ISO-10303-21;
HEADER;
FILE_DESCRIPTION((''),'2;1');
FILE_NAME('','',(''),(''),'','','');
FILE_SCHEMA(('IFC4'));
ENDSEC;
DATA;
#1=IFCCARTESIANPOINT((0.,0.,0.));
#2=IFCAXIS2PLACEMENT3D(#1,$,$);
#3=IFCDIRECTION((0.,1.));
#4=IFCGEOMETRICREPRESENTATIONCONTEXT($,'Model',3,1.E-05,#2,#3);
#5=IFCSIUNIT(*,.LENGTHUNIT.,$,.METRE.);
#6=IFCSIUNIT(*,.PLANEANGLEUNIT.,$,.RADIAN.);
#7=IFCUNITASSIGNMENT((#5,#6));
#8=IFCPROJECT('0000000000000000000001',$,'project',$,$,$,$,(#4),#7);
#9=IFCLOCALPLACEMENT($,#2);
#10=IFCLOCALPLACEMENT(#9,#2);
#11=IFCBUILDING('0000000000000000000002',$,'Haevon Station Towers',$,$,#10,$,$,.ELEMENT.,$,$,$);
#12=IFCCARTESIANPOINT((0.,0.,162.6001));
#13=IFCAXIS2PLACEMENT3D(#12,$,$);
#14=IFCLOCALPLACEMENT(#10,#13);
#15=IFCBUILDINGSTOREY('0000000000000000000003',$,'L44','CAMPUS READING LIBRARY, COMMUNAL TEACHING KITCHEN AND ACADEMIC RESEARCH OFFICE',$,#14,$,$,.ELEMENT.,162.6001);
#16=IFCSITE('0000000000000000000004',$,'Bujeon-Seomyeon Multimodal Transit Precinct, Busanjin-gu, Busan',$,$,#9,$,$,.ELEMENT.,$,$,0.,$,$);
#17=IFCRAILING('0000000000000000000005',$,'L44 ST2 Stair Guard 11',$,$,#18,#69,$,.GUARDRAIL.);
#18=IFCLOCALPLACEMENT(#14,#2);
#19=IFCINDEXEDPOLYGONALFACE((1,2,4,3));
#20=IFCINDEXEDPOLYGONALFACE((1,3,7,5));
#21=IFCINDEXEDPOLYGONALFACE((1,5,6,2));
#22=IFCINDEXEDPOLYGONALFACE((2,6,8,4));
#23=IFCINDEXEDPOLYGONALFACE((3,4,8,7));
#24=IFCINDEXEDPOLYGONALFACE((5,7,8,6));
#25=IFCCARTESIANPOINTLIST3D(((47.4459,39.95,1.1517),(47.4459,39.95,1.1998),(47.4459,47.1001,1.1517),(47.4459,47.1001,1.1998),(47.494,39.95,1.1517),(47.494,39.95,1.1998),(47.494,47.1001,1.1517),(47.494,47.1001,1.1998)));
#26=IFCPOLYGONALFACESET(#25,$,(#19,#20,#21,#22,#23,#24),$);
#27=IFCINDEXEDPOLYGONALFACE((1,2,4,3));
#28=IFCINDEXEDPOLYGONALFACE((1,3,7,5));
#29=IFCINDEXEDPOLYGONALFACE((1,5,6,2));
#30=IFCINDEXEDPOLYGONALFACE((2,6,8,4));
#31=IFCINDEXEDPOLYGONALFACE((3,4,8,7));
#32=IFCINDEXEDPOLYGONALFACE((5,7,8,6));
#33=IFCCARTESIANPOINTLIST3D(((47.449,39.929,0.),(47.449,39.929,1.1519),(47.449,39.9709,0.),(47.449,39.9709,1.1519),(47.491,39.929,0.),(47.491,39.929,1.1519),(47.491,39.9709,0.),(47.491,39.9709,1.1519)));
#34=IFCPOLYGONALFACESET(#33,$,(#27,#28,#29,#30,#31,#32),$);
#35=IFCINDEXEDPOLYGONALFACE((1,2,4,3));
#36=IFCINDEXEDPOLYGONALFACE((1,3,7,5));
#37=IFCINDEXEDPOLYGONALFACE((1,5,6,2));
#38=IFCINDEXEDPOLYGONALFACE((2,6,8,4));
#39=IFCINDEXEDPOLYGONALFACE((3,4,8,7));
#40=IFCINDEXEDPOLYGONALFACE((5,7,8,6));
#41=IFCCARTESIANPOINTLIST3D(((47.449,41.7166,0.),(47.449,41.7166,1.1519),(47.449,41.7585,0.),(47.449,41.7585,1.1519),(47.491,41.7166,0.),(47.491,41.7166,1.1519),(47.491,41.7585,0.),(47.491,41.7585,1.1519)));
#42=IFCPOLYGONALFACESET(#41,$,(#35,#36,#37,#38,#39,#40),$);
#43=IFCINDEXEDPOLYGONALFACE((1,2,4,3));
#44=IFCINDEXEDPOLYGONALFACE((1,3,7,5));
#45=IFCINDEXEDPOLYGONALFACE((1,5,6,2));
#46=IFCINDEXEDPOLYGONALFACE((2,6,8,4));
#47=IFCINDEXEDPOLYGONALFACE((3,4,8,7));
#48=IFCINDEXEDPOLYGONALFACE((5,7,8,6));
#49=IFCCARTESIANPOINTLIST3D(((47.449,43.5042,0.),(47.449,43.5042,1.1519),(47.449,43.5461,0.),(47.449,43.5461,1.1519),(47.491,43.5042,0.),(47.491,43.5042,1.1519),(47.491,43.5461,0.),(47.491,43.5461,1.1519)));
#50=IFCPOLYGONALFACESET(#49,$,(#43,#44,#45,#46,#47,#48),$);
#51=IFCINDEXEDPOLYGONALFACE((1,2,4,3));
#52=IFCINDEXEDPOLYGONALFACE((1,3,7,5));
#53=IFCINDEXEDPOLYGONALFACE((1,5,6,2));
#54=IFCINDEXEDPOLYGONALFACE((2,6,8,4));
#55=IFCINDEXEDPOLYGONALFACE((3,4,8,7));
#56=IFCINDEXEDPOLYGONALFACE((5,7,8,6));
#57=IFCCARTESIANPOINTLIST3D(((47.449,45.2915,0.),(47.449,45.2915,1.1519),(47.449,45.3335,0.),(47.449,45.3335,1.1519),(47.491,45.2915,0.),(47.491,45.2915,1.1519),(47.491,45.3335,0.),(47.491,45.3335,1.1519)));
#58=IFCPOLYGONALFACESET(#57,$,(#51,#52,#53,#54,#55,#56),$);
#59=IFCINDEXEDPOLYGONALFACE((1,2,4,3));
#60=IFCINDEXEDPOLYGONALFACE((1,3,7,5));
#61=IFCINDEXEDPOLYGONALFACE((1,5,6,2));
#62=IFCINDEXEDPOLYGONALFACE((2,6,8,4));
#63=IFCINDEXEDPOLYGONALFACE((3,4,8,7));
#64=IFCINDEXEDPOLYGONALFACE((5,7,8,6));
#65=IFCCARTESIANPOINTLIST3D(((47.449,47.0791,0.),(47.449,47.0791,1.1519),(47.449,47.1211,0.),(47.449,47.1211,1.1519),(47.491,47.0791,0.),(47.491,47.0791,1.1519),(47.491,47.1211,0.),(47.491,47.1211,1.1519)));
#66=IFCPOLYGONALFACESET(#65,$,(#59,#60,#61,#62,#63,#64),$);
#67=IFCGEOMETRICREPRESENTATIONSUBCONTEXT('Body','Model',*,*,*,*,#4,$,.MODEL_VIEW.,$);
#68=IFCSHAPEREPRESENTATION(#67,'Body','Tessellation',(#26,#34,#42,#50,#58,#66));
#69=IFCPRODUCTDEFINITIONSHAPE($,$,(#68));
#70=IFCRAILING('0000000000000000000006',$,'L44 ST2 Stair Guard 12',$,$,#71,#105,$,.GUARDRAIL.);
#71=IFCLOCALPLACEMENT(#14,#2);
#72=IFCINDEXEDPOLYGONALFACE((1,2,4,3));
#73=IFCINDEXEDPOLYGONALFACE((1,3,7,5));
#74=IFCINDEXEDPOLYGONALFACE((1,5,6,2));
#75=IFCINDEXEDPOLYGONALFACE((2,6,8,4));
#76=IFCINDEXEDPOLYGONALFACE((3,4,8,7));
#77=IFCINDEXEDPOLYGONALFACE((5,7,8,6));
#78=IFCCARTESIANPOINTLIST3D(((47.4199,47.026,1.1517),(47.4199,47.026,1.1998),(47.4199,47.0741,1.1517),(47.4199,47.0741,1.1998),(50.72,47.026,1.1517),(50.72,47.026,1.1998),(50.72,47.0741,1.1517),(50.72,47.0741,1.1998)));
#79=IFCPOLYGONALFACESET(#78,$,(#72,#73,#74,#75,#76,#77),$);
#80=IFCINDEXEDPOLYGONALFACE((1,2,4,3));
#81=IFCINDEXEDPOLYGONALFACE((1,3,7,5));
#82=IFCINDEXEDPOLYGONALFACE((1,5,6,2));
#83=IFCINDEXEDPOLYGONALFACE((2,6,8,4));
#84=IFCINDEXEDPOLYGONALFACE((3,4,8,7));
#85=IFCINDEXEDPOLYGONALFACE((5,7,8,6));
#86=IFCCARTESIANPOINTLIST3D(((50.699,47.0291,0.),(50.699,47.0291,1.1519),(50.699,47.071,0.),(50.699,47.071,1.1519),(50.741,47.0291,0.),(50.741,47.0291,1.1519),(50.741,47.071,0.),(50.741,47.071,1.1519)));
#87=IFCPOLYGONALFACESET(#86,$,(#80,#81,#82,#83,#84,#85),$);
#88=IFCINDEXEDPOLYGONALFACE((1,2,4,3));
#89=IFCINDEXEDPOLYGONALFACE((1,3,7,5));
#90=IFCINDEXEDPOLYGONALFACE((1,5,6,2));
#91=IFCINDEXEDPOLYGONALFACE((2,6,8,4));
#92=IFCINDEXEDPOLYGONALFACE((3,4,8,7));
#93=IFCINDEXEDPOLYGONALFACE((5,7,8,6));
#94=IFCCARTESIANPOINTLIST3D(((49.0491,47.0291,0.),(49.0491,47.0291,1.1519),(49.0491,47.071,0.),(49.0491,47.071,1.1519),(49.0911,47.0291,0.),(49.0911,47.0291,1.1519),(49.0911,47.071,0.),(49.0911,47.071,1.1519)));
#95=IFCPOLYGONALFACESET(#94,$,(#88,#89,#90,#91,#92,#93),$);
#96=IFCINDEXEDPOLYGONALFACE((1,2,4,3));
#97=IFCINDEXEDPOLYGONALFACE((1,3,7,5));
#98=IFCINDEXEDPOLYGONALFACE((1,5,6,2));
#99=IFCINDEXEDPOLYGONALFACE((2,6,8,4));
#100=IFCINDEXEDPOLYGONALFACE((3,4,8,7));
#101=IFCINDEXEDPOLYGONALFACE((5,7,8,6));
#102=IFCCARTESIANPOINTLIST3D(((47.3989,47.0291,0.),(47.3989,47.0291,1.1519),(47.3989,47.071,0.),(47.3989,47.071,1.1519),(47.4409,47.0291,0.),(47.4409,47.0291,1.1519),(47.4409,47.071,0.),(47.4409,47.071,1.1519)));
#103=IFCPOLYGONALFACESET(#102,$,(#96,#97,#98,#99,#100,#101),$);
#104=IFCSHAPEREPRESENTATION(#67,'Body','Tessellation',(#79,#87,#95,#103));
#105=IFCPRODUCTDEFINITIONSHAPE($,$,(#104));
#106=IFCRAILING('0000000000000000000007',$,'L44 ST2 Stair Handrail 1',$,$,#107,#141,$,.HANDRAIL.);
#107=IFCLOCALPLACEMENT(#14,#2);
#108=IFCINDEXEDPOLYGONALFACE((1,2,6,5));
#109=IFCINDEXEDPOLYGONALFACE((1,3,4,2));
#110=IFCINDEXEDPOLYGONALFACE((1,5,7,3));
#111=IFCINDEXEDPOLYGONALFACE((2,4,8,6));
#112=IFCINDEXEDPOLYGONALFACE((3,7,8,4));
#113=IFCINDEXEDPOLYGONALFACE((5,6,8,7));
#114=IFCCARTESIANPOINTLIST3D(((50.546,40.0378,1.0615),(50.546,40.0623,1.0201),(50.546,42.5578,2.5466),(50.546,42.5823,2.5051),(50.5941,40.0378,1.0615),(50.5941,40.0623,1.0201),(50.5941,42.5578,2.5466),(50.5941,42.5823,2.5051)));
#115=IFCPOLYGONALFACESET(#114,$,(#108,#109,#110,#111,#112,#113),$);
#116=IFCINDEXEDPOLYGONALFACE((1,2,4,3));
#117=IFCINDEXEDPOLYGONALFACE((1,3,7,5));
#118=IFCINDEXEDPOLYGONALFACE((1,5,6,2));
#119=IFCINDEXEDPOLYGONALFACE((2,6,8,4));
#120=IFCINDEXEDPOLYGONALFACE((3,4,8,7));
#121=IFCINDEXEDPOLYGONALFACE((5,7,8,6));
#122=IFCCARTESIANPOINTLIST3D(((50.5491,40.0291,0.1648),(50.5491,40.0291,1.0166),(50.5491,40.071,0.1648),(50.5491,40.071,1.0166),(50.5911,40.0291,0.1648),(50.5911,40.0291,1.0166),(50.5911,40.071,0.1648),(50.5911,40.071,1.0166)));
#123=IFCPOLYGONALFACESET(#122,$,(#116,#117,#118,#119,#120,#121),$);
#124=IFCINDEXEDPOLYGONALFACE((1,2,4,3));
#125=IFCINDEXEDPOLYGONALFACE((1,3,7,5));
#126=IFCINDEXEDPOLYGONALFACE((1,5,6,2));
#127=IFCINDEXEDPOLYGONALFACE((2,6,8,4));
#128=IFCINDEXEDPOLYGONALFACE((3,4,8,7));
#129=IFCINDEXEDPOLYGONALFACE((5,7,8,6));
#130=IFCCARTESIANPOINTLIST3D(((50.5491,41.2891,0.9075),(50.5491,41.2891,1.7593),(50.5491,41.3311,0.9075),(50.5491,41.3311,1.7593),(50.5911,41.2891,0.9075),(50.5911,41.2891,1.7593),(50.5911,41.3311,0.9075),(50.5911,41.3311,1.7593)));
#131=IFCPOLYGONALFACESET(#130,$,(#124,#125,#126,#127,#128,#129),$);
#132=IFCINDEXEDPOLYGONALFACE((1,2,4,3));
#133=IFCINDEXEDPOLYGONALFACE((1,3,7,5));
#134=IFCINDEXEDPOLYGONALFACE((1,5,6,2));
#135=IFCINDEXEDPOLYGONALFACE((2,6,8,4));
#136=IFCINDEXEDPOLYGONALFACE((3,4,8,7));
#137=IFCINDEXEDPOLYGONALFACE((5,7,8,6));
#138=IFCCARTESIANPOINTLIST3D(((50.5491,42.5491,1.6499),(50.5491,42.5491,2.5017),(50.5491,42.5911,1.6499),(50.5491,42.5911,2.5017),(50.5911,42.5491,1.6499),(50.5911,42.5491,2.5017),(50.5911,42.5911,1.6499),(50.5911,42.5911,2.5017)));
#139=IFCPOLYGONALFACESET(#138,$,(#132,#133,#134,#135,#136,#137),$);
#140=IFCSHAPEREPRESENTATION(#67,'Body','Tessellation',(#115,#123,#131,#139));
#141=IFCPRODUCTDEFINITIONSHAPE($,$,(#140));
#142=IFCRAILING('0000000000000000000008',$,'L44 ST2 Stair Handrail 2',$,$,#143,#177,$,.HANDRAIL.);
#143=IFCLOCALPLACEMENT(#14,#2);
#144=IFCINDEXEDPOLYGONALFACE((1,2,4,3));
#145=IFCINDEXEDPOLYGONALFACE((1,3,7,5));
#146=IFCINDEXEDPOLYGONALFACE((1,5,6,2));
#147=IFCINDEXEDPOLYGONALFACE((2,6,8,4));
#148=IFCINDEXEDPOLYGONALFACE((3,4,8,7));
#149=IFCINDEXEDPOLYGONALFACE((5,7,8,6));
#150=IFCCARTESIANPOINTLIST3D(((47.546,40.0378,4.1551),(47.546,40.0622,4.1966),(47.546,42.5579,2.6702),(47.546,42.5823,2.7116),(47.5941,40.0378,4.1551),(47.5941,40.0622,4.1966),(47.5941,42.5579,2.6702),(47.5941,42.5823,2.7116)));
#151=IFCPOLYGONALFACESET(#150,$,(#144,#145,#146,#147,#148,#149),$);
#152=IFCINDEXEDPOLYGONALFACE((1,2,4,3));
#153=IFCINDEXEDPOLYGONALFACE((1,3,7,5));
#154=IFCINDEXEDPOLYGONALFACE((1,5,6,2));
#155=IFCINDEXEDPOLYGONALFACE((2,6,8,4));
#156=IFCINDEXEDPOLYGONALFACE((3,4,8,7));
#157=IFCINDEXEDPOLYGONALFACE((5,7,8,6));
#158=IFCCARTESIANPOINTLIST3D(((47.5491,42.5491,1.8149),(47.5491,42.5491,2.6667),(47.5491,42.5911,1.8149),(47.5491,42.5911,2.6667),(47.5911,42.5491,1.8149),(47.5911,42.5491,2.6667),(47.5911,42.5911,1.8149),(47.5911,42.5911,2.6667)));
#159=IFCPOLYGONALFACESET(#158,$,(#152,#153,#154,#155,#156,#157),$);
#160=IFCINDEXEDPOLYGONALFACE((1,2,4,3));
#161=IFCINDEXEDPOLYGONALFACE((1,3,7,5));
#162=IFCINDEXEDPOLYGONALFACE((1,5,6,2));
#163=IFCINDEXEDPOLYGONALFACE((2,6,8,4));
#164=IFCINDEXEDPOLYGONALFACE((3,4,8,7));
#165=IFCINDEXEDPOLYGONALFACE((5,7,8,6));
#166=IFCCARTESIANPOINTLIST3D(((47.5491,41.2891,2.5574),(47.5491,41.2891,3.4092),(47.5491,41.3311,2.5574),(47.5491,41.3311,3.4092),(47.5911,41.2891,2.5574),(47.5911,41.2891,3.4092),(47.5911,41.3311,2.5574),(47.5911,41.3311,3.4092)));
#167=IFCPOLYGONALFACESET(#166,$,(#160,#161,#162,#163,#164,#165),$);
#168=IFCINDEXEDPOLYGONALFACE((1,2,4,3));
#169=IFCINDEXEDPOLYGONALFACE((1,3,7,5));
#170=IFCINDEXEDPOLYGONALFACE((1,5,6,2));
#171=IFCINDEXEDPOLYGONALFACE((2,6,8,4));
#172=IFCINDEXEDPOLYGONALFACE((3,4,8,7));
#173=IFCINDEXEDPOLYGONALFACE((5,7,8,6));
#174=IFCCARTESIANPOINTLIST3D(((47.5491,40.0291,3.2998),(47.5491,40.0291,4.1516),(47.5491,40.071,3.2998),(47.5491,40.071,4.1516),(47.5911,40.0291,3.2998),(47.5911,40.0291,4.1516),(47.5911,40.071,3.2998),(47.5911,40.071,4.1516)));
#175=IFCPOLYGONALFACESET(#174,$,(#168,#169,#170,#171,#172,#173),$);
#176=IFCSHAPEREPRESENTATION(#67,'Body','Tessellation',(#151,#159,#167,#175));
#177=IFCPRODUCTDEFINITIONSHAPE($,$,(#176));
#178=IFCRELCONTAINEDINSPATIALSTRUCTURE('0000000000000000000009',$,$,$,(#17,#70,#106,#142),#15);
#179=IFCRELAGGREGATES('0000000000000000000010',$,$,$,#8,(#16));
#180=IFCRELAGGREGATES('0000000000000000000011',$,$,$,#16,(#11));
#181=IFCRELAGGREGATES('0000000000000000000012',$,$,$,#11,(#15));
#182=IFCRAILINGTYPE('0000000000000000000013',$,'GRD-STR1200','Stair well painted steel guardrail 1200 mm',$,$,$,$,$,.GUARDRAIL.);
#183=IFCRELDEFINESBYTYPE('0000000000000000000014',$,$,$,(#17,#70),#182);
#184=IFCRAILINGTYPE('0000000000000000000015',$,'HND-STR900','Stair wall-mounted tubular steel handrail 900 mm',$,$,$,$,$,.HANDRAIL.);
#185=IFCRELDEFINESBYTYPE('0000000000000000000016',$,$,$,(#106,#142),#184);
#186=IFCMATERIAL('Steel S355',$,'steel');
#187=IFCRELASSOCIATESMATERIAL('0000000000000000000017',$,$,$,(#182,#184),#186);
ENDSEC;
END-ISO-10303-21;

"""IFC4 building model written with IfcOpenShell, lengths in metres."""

from ifc_helpers import new_model, si_unit, direction, frame, origin, origin_2d, place, context, subcontext, project, spatial, rectangle, extrude, material, type_object, element, save


model = new_model("IFC4")

# Units and contexts
model_context = context("Model", 3, precision=1e-05, world=origin(), true_north=direction((0.0, 1.0)))
body_context = subcontext(model_context, "Body", "Model", "MODEL_VIEW")
ifc_project = project(units=[si_unit("LENGTHUNIT", "METRE"), si_unit("PLANEANGLEUNIT", "RADIAN")], contexts=[model_context])

# Site, building, storey
site_placement = place(None, origin())
site = spatial("IfcSite", under=ifc_project, at=site_placement, Name="Bujeon-Seomyeon Multimodal Transit Precinct, Busanjin-gu, Busan", CompositionType="ELEMENT", RefElevation=0.0)
building_placement = place(site_placement, origin())
building = spatial("IfcBuilding", under=site, at=building_placement, Name="Haevon Station Towers", CompositionType="ELEMENT")
storey_placement = place(building_placement, frame((0.0, 0.0, 162.6001)))
storey = spatial("IfcBuildingStorey", under=building, at=storey_placement, Name="L44", Description="CAMPUS READING LIBRARY, COMMUNAL TEACHING KITCHEN AND ACADEMIC RESEARCH OFFICE", CompositionType="ELEMENT", Elevation=162.6001)

# Shared definitions
ifc_material_1 = material(Name="Steel S355", Category="steel")

# Railings
railing_type_1 = type_object("IfcRailingType", Name="GRD-STR1200", Description="Stair well painted steel guardrail 1200 mm", PredefinedType="GUARDRAIL", material=ifc_material_1)
for number, where, name in (
    (1, (47.47, 39.95, 0.0), "L44 ST2 Stair Guard 11"),
):
    element("IfcRailing", number, at=place(storey_placement, frame(where)), inside=storey, type_object=railing_type_1, Name=name, PredefinedType="GUARDRAIL", context=body_context, shape_type="SweptSolid", body=[
        extrude(rectangle(XDim=0.0481, YDim=0.0481, at=origin_2d()), frame((0.0, 0.0, 1.1758), z_axis=(0.0, 1.0, 0.0), x_axis=(-1.0, 0.0, 0.0)), (0.0, 0.0, 1.0), 7.1501),
        extrude(rectangle(XDim=0.042, YDim=0.042, at=origin_2d()), origin(), (0.0, 0.0, 1.0), 1.1519),
        extrude(rectangle(XDim=0.042, YDim=0.042, at=origin_2d()), frame((0.0, 1.7876, 0.0)), (0.0, 0.0, 1.0), 1.1519),
        extrude(rectangle(XDim=0.042, YDim=0.042, at=origin_2d()), frame((0.0, 3.5752, 0.0)), (0.0, 0.0, 1.0), 1.1519),
        extrude(rectangle(XDim=0.042, YDim=0.042, at=origin_2d()), frame((0.0, 5.3625, 0.0)), (0.0, 0.0, 1.0), 1.1519),
        extrude(rectangle(XDim=0.042, YDim=0.042, at=origin_2d()), frame((0.0, 7.1501, 0.0)), (0.0, 0.0, 1.0), 1.1519),
    ])
railing_1_placement = place(storey_placement, frame((50.72, 47.05, 0.0)))
element("IfcRailing", 2, at=railing_1_placement, inside=storey, type_object=railing_type_1, Name="L44 ST2 Stair Guard 12", PredefinedType="GUARDRAIL", context=body_context, shape_type="SweptSolid", body=[
    extrude(rectangle(XDim=0.0481, YDim=0.0481, at=origin_2d()), frame((0.0, 0.0, 1.1758), z_axis=(-1.0, 0.0, 0.0), x_axis=(0.0, -1.0, 0.0)), (0.0, 0.0, 1.0), 3.3),
    extrude(rectangle(XDim=0.042, YDim=0.042, at=origin_2d()), origin(), (0.0, 0.0, 1.0), 1.1519),
    extrude(rectangle(XDim=0.042, YDim=0.042, at=origin_2d()), frame((-1.6499, 0.0, 0.0)), (0.0, 0.0, 1.0), 1.1519),
    extrude(rectangle(XDim=0.042, YDim=0.042, at=origin_2d()), frame((-3.3, 0.0, 0.0)), (0.0, 0.0, 1.0), 1.1519),
])
railing_type_2 = type_object("IfcRailingType", Name="HND-STR900", Description="Stair wall-mounted tubular steel handrail 900 mm", PredefinedType="HANDRAIL", material=ifc_material_1)
railing_2_placement = place(storey_placement, frame((50.5701, 40.05, 0.1648)))
element("IfcRailing", 3, at=railing_2_placement, inside=storey, type_object=railing_type_2, Name="L44 ST2 Stair Handrail 1", PredefinedType="HANDRAIL", context=body_context, shape_type="SweptSolid", body=[
    extrude(rectangle(XDim=0.0481, YDim=0.0481, at=origin_2d()), frame((0.0, 0.0, 0.876), z_axis=(0.0, 0.861524, 0.507717), x_axis=(-1.0, 0.0, 0.0)), (0.0, 0.0, 1.0), 2.925),
    extrude(rectangle(XDim=0.042, YDim=0.042, at=origin_2d()), origin(), (0.0, 0.0, 1.0), 0.8518),
    extrude(rectangle(XDim=0.042, YDim=0.042, at=origin_2d()), frame((0.0, 1.26, 0.7427)), (0.0, 0.0, 1.0), 0.8518),
    extrude(rectangle(XDim=0.042, YDim=0.042, at=origin_2d()), frame((0.0, 2.52, 1.4851)), (0.0, 0.0, 1.0), 0.8518),
])
railing_3_placement = place(storey_placement, frame((47.5701, 42.5701, 1.8149)))
element("IfcRailing", 4, at=railing_3_placement, inside=storey, type_object=railing_type_2, Name="L44 ST2 Stair Handrail 2", PredefinedType="HANDRAIL", context=body_context, shape_type="SweptSolid", body=[
    extrude(rectangle(XDim=0.0481, YDim=0.0481, at=origin_2d()), frame((0.0, 0.0, 0.876), z_axis=(0.0, -0.861561, 0.507655), x_axis=(1.0, 0.0, 0.0)), (0.0, 0.0, 1.0), 2.925),
    extrude(rectangle(XDim=0.042, YDim=0.042, at=origin_2d()), origin(), (0.0, 0.0, 1.0), 0.8518),
    extrude(rectangle(XDim=0.042, YDim=0.042, at=origin_2d()), frame((0.0, -1.26, 0.7424)), (0.0, 0.0, 1.0), 0.8518),
    extrude(rectangle(XDim=0.042, YDim=0.042, at=origin_2d()), frame((0.0, -2.52, 1.4849)), (0.0, 0.0, 1.0), 0.8518),
])

save(model, "model.ifc")
